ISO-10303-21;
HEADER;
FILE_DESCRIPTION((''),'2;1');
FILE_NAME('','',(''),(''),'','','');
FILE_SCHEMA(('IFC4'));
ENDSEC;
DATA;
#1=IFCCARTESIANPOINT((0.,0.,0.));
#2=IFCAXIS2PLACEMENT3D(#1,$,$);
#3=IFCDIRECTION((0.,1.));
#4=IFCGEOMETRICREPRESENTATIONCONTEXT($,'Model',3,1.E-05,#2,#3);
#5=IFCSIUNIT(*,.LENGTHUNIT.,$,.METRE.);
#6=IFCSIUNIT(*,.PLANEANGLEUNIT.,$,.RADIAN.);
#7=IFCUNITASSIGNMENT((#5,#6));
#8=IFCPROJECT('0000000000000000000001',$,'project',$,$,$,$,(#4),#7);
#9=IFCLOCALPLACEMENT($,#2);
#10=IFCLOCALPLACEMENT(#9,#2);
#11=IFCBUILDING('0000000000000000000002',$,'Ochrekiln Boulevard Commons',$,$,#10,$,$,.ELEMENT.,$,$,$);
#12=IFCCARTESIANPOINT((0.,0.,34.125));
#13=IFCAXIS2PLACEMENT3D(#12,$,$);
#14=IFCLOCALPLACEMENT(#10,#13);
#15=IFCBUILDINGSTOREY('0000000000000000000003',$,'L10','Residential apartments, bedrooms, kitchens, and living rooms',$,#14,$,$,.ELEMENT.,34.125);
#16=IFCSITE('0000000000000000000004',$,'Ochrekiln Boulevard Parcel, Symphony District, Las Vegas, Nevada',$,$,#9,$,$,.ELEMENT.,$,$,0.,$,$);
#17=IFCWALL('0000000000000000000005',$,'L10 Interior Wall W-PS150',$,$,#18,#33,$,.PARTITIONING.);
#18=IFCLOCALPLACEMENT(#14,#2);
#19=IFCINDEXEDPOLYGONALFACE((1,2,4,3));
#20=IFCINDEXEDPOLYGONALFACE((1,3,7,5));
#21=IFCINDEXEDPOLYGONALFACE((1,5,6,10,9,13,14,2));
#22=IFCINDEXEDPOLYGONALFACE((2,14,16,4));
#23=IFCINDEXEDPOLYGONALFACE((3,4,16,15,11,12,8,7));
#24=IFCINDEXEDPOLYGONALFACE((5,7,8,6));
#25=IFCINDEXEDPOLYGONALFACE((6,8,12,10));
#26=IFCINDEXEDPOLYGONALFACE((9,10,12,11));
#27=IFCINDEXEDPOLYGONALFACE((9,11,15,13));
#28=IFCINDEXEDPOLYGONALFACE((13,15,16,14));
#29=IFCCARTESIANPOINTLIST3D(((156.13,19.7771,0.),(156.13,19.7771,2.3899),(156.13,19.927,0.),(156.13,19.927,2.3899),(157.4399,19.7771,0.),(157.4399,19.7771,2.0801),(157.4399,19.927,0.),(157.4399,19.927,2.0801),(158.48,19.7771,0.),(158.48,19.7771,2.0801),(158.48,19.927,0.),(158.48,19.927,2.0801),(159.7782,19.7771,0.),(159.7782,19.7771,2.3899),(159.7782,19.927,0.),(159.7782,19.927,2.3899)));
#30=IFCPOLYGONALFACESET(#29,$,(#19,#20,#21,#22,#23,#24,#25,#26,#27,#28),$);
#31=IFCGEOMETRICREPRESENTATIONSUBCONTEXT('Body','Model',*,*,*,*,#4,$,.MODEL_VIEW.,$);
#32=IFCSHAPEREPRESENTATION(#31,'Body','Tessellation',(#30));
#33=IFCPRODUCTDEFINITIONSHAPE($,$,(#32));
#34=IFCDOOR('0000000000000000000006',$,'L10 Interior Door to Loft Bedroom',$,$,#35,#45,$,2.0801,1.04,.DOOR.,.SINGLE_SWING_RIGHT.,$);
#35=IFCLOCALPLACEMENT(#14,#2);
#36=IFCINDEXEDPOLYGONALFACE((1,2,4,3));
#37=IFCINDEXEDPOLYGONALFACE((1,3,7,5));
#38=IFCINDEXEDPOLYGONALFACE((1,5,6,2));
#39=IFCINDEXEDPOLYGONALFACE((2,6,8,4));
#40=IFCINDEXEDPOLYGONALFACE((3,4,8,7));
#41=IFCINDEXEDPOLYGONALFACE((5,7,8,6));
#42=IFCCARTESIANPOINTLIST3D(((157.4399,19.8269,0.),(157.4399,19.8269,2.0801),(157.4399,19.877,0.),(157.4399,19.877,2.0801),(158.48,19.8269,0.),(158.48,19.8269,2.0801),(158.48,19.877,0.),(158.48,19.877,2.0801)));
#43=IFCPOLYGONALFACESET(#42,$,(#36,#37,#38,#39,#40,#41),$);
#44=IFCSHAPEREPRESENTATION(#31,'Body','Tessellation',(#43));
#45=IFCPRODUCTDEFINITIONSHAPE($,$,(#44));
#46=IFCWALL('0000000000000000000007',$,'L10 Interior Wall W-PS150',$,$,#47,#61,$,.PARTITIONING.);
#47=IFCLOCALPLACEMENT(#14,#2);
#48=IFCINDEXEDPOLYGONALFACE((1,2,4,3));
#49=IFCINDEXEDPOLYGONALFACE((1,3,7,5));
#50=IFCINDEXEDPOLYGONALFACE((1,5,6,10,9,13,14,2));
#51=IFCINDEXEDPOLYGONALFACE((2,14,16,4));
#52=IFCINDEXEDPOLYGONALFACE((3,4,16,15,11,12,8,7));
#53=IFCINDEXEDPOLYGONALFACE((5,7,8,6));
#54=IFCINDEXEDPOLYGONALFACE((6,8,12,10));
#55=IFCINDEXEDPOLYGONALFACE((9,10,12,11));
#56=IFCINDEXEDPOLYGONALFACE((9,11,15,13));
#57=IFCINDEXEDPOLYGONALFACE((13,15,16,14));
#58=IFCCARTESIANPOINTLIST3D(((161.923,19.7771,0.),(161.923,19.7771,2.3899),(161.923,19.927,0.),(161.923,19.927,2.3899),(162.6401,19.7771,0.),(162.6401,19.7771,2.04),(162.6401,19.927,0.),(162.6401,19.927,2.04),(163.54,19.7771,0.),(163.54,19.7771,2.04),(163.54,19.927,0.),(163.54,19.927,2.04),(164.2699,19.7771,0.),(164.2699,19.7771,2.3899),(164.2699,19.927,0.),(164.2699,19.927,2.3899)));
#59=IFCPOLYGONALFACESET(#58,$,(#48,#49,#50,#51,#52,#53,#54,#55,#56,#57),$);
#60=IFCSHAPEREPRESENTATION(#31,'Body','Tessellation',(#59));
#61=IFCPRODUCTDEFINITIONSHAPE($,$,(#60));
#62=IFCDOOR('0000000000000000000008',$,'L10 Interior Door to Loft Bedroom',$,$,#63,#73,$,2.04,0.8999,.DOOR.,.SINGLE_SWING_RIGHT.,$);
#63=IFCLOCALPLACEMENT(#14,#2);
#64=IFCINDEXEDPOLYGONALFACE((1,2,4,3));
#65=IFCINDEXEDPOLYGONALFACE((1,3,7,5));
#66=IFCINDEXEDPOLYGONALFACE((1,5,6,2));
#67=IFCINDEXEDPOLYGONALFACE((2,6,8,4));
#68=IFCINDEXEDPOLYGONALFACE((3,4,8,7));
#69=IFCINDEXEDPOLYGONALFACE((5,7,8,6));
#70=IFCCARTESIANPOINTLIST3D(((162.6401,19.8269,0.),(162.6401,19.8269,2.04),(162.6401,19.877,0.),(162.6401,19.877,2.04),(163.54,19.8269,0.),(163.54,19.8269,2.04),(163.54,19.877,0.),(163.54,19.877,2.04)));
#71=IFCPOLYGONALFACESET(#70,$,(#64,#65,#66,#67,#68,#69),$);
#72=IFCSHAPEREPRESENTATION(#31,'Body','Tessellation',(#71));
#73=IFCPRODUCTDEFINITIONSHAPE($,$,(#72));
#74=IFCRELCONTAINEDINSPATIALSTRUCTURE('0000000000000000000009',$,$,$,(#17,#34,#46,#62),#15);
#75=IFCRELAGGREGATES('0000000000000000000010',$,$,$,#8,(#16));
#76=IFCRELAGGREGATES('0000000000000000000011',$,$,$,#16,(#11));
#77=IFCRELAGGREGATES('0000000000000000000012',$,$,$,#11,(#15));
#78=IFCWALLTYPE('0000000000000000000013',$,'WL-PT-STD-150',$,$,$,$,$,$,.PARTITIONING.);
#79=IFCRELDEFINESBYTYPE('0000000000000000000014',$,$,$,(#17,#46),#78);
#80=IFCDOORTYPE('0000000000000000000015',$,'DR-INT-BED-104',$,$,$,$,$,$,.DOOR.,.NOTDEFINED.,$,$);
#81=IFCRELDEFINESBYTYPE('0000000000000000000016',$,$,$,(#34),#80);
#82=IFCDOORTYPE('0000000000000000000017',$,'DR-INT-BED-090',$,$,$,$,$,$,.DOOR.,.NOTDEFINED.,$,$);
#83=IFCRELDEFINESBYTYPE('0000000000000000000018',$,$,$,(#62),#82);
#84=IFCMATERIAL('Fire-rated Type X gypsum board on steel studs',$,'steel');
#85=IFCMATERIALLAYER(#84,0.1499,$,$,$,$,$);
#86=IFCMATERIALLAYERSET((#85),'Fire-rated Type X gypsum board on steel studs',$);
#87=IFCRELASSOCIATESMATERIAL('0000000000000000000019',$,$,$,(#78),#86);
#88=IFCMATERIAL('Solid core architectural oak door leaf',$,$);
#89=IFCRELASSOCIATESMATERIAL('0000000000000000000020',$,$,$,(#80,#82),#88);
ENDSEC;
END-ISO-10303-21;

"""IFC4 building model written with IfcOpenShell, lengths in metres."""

from ifc_helpers import new_model, si_unit, direction, frame, frame_2d, origin, place, context, subcontext, project, spatial, rectangle, extrude, material, layer, layer_set, type_object, element, fill, save


model = new_model("IFC4")

# Units and contexts
model_context = context("Model", 3, precision=1e-05, world=origin(), true_north=direction((0.0, 1.0)))
body_context = subcontext(model_context, "Body", "Model", "MODEL_VIEW")
ifc_project = project(units=[si_unit("LENGTHUNIT", "METRE"), si_unit("PLANEANGLEUNIT", "RADIAN")], contexts=[model_context])

# Site, building, storey
site_placement = place(None, origin())
site = spatial("IfcSite", under=ifc_project, at=site_placement, Name="Ochrekiln Boulevard Parcel, Symphony District, Las Vegas, Nevada", CompositionType="ELEMENT", RefElevation=0.0)
building_placement = place(site_placement, origin())
building = spatial("IfcBuilding", under=site, at=building_placement, Name="Ochrekiln Boulevard Commons", CompositionType="ELEMENT")
storey_placement = place(building_placement, frame((0.0, 0.0, 34.125)))
storey = spatial("IfcBuildingStorey", under=building, at=storey_placement, Name="L10", Description="Residential apartments, bedrooms, kitchens, and living rooms", CompositionType="ELEMENT", Elevation=34.125)

# Shared definitions
ifc_material_1 = material(Name="Fire-rated Type X gypsum board on steel studs", Category="steel")

# Walls, openings, doors
ifc_layer_1 = layer(ifc_material_1, 0.1499)
ifc_layer_set_1 = layer_set([ifc_layer_1], Name="Fire-rated Type X gypsum board on steel studs")
wall_type_1 = type_object("IfcWallType", Name="WL-PT-STD-150", PredefinedType="PARTITIONING", material=ifc_layer_set_1)
wall_1_placement = place(storey_placement, frame((156.1299, 19.8521, 0.0), z_axis=(0.0, 0.0, 1.0), x_axis=(1.0, 0.0, 0.0)))
wall_1 = element("IfcWall", 1, at=wall_1_placement, inside=storey, type_object=wall_type_1, Name="L10 Interior Wall W-PS150", PredefinedType="PARTITIONING", context=body_context, shape_type="SweptSolid", body=[
    extrude(rectangle(XDim=3.6482, YDim=0.1499, at=frame_2d((1.8242, 0.0))), origin(), (0.0, 0.0, 1.0), 2.3899),
])
opening_1_placement = place(wall_1_placement, frame((1.3101, 0.0, 0.0)))
opening_1 = element("IfcOpeningElement", 2, at=opening_1_placement, cuts=wall_1, PredefinedType="OPENING", context=body_context, shape_type="SweptSolid", body=[
    extrude(rectangle(XDim=1.04, YDim=2.0801, at=frame_2d((0.52, 1.04))), frame((0.0, 0.085, 0.0), z_axis=(0.0, -1.0, 0.0), x_axis=(1.0, 0.0, 0.0)), (0.0, 0.0, 1.0), 0.1699),
])
ifc_material_2 = material(Name="Solid core architectural oak door leaf")
door_type_1 = type_object("IfcDoorType", Name="DR-INT-BED-104", OperationType="NOTDEFINED", PredefinedType="DOOR", material=ifc_material_2)
door_1_placement = place(opening_1_placement, origin())
door_1 = element("IfcDoor", 3, at=door_1_placement, inside=storey, type_object=door_type_1, Name="L10 Interior Door to Loft Bedroom", OperationType="SINGLE_SWING_RIGHT", OverallHeight=2.0801, OverallWidth=1.04, PredefinedType="DOOR", context=body_context, shape_type="SweptSolid", body=[
    extrude(rectangle(XDim=1.04, YDim=2.0801, at=frame_2d((0.52, 1.04))), frame((0.0, 0.0249, 0.0), z_axis=(0.0, -1.0, 0.0), x_axis=(1.0, 0.0, 0.0)), (0.0, 0.0, 1.0), 0.05),
])
fill(opening_1, door_1)
wall_2_placement = place(storey_placement, frame((161.9231, 19.8521, 0.0), z_axis=(0.0, 0.0, 1.0), x_axis=(1.0, 0.0, 0.0)))
wall_2 = element("IfcWall", 4, at=wall_2_placement, inside=storey, type_object=wall_type_1, Name="L10 Interior Wall W-PS150", PredefinedType="PARTITIONING", context=body_context, shape_type="SweptSolid", body=[
    extrude(rectangle(XDim=2.3469, YDim=0.1499, at=frame_2d((1.1733, 0.0))), origin(), (0.0, 0.0, 1.0), 2.3899),
])
opening_2_placement = place(wall_2_placement, frame((0.717, 0.0, 0.0)))
opening_2 = element("IfcOpeningElement", 5, at=opening_2_placement, cuts=wall_2, PredefinedType="OPENING", context=body_context, shape_type="SweptSolid", body=[
    extrude(rectangle(XDim=0.8999, YDim=2.04, at=frame_2d((0.45, 1.02))), frame((0.0, 0.085, 0.0), z_axis=(0.0, -1.0, 0.0), x_axis=(1.0, 0.0, 0.0)), (0.0, 0.0, 1.0), 0.1699),
])
door_type_2 = type_object("IfcDoorType", Name="DR-INT-BED-090", OperationType="NOTDEFINED", PredefinedType="DOOR", material=ifc_material_2)
door_2_placement = place(opening_2_placement, origin())
door_2 = element("IfcDoor", 6, at=door_2_placement, inside=storey, type_object=door_type_2, Name="L10 Interior Door to Loft Bedroom", OperationType="SINGLE_SWING_RIGHT", OverallHeight=2.04, OverallWidth=0.8999, PredefinedType="DOOR", context=body_context, shape_type="SweptSolid", body=[
    extrude(rectangle(XDim=0.8999, YDim=2.04, at=frame_2d((0.45, 1.02))), frame((0.0, 0.0249, 0.0), z_axis=(0.0, -1.0, 0.0), x_axis=(1.0, 0.0, 0.0)), (0.0, 0.0, 1.0), 0.05),
])
fill(opening_2, door_2)

save(model, "model.ifc")
